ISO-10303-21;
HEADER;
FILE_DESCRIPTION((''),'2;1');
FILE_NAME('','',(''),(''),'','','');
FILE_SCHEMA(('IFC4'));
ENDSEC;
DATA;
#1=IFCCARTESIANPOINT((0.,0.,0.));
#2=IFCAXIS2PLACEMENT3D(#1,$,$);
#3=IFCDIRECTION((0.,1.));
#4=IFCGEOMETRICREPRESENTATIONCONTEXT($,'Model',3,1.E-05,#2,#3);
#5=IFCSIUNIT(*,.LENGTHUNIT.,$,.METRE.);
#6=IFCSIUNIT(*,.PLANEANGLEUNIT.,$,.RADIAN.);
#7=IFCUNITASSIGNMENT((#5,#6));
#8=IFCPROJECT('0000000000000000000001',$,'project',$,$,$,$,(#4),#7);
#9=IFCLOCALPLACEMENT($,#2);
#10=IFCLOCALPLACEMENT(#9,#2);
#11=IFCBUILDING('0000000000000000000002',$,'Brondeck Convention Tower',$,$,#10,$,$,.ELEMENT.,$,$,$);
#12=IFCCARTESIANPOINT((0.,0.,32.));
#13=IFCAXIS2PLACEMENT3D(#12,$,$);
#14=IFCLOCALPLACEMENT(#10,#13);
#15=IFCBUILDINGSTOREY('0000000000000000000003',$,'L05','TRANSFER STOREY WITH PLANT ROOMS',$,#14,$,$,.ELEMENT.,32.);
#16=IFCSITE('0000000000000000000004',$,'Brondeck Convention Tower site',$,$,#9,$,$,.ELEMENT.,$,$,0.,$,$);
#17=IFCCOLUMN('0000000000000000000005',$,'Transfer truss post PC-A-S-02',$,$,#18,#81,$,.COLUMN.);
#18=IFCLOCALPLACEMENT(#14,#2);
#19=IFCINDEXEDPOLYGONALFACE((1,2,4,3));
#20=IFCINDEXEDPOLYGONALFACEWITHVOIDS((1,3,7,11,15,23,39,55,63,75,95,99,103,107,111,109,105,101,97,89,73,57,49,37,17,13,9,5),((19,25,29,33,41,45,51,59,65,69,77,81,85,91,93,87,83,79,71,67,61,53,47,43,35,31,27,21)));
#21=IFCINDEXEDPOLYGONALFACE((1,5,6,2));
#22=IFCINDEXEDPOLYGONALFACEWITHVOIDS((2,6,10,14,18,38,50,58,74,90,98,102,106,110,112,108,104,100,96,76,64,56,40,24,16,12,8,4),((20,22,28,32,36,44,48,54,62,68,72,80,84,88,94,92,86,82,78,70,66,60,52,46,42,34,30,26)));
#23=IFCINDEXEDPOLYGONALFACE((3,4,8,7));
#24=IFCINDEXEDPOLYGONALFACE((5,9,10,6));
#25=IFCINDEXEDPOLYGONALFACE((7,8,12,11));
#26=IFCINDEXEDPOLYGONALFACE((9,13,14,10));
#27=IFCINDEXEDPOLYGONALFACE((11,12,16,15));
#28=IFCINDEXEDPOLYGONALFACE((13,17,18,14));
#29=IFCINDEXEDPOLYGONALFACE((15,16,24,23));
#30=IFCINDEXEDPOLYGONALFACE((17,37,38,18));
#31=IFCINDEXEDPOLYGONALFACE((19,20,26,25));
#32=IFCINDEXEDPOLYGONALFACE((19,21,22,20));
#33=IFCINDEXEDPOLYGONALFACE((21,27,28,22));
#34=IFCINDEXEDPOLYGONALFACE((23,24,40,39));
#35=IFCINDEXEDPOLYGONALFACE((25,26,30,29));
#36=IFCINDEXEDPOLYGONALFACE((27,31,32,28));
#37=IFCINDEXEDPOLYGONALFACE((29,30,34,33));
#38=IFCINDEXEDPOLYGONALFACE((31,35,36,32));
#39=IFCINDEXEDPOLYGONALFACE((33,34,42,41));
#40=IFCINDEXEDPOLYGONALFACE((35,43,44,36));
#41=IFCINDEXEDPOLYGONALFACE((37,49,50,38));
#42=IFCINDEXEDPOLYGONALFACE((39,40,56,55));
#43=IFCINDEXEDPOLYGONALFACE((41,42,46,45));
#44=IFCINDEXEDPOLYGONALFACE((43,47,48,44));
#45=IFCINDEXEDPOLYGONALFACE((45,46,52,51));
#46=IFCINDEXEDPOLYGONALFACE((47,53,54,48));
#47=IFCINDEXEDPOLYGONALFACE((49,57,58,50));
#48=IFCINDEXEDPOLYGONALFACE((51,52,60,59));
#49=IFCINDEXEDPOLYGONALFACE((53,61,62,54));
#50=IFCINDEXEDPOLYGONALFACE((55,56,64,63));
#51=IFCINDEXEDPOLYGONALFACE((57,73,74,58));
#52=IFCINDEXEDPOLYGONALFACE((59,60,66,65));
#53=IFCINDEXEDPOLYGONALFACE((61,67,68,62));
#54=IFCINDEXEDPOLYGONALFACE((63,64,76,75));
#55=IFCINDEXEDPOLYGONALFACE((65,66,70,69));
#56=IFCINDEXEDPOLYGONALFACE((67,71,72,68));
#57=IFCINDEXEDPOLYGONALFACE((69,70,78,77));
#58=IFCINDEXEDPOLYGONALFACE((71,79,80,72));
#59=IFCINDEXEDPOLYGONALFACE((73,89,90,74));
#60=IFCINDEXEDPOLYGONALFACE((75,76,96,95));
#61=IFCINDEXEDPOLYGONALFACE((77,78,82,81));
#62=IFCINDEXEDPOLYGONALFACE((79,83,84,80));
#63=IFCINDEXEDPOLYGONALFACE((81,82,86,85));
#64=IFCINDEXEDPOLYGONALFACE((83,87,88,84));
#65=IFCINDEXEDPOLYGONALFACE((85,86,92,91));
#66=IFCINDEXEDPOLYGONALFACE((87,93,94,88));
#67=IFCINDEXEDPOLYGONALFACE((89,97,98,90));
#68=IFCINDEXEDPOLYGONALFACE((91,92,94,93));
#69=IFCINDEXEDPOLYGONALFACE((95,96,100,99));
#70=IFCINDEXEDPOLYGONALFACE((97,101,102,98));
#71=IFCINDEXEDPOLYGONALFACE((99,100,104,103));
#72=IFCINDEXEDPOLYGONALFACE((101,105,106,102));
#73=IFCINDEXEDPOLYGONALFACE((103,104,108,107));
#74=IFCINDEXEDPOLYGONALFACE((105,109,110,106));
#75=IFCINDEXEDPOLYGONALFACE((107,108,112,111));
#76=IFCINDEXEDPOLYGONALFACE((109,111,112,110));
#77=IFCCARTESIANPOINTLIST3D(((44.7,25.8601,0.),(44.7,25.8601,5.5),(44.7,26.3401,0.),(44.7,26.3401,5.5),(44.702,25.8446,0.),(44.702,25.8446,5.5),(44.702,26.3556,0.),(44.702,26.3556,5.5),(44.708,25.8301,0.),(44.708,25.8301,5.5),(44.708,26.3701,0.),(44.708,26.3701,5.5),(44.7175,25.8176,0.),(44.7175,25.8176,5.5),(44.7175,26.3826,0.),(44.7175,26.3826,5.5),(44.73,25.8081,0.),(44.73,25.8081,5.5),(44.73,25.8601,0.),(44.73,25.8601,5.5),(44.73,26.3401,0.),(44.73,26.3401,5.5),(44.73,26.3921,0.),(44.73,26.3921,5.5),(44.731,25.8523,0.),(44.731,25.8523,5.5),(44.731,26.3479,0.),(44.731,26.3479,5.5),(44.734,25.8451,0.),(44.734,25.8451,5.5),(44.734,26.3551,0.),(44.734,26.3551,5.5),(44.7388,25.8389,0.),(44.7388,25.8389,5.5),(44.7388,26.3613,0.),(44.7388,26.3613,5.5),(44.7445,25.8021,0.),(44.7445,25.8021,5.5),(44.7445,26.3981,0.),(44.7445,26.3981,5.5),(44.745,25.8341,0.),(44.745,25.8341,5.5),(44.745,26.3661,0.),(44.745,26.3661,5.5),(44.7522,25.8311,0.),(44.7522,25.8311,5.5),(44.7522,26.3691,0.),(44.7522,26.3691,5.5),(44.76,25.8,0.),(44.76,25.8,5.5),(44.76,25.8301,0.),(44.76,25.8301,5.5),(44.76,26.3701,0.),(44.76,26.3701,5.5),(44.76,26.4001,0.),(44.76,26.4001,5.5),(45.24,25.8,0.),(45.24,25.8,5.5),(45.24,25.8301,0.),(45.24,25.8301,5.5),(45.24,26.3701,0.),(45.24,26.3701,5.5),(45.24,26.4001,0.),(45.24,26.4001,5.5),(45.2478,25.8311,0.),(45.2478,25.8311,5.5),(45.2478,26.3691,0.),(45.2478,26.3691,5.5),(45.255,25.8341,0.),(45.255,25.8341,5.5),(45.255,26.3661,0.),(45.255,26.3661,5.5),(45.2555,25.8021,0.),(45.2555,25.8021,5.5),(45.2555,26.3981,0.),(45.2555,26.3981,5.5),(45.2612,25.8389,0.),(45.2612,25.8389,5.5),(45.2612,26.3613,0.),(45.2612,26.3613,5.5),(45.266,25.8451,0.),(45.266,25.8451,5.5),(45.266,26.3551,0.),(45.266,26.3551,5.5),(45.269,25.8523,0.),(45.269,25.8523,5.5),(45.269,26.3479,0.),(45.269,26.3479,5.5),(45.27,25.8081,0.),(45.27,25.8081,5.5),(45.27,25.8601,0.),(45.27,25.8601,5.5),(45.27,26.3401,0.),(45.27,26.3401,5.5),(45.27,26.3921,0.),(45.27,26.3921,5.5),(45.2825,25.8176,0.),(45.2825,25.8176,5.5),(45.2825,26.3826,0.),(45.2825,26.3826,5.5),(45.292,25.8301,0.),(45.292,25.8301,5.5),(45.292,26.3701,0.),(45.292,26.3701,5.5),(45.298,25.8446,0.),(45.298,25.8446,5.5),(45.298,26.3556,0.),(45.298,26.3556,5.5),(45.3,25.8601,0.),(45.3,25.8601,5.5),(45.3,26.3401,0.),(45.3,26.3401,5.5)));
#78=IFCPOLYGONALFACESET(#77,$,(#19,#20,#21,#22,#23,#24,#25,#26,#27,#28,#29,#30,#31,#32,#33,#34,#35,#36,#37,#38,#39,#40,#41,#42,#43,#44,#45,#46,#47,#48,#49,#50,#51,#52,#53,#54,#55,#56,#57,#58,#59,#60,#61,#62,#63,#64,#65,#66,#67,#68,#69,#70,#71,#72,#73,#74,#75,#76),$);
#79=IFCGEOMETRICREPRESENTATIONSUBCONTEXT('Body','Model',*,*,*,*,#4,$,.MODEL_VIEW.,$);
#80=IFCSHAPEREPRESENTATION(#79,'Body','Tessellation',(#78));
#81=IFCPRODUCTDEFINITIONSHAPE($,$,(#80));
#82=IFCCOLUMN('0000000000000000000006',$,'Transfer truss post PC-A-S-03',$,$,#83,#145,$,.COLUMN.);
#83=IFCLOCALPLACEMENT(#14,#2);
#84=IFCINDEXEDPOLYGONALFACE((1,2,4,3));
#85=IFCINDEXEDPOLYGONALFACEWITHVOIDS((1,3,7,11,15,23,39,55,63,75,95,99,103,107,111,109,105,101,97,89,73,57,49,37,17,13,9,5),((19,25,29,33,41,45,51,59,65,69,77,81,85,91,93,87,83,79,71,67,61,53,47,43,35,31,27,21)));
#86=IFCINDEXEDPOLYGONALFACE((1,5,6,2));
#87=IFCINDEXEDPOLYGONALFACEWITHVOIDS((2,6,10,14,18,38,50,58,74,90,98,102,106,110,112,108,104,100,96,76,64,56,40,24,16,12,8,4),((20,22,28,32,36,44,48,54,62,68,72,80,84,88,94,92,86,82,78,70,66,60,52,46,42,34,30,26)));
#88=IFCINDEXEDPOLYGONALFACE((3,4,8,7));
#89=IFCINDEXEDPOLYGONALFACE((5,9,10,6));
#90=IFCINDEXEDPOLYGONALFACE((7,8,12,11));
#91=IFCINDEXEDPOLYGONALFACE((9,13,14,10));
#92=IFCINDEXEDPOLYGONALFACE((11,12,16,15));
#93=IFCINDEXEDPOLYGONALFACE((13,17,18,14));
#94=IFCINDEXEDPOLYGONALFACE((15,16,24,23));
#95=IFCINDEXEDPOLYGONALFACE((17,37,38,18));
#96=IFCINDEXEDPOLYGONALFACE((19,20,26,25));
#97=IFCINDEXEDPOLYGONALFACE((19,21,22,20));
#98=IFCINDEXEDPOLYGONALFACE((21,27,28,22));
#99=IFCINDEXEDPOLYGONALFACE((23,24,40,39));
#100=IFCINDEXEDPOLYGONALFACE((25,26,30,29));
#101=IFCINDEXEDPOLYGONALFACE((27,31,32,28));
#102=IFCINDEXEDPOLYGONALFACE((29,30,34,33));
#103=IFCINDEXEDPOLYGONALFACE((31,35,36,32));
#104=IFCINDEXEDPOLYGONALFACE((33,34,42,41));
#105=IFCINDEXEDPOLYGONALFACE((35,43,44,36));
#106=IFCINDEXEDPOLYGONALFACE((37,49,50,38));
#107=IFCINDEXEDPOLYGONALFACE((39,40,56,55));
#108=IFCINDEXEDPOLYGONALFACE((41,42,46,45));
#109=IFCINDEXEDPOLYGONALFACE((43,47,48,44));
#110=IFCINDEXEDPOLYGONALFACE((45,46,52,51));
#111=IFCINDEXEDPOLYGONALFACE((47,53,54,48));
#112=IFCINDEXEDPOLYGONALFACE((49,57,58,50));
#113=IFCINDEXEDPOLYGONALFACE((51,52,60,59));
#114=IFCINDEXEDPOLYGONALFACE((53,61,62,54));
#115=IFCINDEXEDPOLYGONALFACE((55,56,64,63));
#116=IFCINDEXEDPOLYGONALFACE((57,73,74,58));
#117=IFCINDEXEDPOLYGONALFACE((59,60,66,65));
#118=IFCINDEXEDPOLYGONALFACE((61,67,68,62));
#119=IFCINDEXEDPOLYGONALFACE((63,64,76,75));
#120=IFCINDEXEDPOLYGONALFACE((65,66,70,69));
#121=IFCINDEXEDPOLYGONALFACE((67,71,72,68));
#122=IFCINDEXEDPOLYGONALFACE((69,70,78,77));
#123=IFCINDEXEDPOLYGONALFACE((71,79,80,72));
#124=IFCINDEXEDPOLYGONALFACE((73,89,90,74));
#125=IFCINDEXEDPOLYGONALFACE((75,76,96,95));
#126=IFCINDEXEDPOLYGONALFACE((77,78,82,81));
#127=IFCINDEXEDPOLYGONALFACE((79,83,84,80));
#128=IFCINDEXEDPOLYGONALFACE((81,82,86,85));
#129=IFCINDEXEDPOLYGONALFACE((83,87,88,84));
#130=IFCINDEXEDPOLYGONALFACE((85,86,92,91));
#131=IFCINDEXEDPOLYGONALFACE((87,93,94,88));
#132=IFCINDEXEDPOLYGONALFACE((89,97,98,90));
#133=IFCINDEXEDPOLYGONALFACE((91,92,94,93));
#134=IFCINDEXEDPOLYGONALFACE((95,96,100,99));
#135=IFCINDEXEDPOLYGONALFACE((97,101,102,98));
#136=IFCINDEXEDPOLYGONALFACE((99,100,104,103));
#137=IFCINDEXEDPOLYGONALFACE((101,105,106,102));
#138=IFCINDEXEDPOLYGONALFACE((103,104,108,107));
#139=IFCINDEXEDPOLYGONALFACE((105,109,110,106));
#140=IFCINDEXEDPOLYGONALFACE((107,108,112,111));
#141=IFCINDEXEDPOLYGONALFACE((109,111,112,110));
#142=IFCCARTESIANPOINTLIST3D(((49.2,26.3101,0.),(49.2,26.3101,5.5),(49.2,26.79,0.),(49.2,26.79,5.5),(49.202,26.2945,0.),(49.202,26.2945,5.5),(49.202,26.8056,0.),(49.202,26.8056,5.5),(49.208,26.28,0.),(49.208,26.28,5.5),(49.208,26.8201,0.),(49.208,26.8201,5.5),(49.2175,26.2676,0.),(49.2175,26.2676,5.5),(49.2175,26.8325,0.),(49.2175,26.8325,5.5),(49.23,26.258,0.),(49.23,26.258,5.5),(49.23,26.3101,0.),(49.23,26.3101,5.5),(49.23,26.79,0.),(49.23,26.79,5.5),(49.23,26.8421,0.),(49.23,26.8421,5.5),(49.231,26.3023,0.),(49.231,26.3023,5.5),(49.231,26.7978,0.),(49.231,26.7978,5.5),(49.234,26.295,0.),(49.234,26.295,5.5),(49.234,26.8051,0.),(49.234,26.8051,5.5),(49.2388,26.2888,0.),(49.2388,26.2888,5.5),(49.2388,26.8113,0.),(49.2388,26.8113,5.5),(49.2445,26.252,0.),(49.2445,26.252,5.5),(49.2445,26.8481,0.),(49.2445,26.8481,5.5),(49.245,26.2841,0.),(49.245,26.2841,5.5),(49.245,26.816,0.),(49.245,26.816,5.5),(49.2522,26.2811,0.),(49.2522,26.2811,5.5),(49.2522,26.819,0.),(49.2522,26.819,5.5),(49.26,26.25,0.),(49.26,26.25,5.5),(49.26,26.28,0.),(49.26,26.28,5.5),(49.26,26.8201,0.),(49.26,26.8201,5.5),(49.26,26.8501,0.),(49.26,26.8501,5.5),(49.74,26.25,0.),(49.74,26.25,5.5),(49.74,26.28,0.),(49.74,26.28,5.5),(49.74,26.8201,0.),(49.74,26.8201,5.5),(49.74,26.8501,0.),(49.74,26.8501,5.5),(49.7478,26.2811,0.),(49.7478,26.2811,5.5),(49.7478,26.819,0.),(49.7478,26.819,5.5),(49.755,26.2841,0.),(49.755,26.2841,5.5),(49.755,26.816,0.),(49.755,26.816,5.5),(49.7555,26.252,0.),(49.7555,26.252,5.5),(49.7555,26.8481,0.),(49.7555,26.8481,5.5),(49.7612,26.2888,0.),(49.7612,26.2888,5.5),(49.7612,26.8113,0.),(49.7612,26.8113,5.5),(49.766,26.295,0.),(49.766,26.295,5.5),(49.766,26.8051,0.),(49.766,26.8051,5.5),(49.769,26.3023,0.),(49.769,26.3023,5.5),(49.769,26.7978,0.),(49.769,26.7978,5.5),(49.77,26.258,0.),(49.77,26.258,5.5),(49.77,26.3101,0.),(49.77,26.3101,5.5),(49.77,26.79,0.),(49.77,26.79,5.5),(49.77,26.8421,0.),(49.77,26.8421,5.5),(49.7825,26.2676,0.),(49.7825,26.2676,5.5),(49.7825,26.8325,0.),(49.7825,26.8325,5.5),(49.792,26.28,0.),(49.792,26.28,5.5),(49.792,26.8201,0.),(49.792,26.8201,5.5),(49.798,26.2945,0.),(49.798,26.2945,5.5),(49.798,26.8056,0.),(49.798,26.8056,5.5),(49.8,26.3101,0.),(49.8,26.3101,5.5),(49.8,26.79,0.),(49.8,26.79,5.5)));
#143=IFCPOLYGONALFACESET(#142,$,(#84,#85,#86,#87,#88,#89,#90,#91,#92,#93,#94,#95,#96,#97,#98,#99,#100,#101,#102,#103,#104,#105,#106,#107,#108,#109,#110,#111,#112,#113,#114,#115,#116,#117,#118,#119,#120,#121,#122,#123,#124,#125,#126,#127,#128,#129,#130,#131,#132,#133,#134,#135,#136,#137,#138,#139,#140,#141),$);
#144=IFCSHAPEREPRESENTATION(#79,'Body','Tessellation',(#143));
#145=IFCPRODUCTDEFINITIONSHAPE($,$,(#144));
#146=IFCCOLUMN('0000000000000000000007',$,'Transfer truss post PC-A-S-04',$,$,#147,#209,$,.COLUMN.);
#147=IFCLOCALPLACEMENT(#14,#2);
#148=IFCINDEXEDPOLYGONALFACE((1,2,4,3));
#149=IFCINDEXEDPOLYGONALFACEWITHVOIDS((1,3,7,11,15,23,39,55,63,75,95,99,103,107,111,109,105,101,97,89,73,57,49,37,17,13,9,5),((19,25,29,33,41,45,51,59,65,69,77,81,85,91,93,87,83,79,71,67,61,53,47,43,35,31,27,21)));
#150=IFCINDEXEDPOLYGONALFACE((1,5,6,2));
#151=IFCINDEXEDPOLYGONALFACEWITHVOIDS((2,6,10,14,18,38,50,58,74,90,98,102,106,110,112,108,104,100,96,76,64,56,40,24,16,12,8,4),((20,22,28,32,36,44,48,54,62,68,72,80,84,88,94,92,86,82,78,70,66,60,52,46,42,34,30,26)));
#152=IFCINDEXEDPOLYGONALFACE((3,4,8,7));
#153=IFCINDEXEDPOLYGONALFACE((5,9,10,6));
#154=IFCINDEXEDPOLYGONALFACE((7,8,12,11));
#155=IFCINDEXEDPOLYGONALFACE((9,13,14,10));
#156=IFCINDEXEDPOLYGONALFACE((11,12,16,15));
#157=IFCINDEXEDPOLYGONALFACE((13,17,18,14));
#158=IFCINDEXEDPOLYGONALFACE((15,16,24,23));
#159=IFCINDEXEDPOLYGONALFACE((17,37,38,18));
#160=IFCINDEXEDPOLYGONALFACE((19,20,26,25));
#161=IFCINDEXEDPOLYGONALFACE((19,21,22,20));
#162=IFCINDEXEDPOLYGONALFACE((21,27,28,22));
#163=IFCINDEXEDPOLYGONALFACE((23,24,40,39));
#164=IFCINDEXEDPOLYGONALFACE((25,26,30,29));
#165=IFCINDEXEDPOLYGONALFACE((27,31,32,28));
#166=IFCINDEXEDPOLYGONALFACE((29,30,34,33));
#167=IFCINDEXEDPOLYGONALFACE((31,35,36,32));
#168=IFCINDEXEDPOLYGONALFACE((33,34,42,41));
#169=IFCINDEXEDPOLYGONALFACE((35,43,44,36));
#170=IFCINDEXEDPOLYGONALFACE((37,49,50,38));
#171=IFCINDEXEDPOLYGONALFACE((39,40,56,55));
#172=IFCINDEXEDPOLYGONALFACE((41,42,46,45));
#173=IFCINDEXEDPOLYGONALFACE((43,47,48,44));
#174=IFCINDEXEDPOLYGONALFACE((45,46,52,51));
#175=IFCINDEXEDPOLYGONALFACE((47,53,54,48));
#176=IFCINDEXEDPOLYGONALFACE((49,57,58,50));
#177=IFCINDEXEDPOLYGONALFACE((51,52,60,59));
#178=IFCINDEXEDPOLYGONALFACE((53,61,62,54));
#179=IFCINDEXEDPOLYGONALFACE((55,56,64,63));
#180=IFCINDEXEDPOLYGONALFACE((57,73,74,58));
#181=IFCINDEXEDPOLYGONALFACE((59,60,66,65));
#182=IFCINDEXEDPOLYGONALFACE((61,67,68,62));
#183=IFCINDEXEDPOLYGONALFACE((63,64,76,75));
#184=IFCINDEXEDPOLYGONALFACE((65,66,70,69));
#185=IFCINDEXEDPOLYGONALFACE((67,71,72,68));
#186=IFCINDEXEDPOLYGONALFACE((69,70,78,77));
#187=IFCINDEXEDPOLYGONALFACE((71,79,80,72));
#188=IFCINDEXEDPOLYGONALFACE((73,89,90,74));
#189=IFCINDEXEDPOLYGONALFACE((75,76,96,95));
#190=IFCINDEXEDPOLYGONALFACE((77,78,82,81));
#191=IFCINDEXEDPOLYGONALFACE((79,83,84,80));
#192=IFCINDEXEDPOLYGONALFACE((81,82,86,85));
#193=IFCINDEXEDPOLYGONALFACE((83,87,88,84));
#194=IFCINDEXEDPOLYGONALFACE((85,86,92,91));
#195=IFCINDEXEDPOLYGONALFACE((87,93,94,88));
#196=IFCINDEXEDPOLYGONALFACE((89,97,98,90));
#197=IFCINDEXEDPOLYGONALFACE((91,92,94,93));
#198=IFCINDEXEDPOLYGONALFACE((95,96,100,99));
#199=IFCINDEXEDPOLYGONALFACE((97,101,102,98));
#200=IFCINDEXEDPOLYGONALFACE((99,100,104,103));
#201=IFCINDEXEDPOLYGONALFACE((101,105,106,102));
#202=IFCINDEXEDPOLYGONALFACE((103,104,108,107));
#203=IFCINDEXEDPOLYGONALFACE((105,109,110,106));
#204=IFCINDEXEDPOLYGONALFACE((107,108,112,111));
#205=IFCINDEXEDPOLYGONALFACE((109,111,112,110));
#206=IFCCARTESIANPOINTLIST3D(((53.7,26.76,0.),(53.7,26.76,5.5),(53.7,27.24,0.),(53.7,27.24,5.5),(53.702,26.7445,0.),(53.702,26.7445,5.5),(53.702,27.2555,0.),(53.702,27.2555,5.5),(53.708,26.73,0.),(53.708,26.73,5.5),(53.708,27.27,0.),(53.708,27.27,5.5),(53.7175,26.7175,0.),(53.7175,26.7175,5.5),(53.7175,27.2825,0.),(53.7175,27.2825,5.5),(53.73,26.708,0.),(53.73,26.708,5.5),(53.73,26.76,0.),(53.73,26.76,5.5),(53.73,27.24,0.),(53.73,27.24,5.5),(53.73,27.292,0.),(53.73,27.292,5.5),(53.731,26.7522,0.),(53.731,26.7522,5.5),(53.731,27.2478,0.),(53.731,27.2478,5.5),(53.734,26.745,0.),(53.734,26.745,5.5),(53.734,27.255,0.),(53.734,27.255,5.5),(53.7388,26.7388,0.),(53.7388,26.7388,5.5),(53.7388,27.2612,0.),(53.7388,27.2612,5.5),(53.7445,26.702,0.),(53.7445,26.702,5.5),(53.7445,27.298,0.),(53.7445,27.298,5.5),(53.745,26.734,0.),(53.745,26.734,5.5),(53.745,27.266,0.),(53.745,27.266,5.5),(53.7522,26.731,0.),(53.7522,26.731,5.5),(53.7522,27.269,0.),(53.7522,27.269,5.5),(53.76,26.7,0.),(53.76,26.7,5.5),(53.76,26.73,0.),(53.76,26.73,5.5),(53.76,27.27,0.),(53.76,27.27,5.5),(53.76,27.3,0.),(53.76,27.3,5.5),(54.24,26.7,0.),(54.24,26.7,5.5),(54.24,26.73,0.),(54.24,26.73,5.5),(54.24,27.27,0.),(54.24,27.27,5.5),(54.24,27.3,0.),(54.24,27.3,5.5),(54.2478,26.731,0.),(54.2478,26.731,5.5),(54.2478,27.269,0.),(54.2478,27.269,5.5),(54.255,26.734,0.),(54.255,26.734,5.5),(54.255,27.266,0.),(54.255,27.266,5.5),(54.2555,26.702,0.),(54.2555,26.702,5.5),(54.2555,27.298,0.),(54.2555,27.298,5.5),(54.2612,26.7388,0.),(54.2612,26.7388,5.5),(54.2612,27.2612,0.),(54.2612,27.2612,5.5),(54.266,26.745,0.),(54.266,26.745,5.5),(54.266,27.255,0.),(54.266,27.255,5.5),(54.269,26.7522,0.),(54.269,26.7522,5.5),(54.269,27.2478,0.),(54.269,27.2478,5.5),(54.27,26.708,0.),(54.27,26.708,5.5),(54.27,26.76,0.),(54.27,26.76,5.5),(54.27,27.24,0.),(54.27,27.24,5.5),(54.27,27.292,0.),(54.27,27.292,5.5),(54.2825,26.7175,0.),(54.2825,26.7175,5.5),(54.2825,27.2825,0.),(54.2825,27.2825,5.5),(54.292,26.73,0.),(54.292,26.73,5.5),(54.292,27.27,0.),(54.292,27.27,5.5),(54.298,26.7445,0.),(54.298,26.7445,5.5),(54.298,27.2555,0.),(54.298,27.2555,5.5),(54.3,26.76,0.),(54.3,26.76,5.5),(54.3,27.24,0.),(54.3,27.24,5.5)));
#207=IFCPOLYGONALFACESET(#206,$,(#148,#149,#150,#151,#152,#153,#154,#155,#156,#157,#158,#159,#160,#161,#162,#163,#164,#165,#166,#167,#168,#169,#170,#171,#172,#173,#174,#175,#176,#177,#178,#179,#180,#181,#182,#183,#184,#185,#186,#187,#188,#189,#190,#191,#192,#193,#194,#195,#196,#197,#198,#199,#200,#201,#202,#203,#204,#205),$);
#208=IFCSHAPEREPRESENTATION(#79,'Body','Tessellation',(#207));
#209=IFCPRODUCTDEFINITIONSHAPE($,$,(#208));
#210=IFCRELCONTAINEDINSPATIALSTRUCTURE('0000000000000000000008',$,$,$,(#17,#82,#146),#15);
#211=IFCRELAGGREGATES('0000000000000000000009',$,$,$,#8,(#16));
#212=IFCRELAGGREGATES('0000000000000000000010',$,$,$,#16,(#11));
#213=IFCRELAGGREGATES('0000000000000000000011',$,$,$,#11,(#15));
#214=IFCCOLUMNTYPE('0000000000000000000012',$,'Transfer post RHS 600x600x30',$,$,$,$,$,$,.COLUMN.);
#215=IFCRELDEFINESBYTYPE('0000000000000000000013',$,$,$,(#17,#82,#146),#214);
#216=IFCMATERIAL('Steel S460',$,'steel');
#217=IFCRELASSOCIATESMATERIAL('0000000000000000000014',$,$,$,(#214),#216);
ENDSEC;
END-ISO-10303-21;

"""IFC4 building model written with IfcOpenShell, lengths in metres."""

from ifc_helpers import new_model, si_unit, direction, frame, origin, origin_2d, place, context, subcontext, project, spatial, hollow_rectangle, extrude, material, material_profile, profile_set, type_object, element, save


model = new_model("IFC4")

# Units and contexts
model_context = context("Model", 3, precision=1e-05, world=origin(), true_north=direction((0.0, 1.0)))
body_context = subcontext(model_context, "Body", "Model", "MODEL_VIEW")
ifc_project = project(units=[si_unit("LENGTHUNIT", "METRE"), si_unit("PLANEANGLEUNIT", "RADIAN")], contexts=[model_context])

# Site, building, storey
site_placement = place(None, origin())
site = spatial("IfcSite", under=ifc_project, at=site_placement, Name="Brondeck Convention Tower site", CompositionType="ELEMENT", RefElevation=0.0)
building_placement = place(site_placement, origin())
building = spatial("IfcBuilding", under=site, at=building_placement, Name="Brondeck Convention Tower", CompositionType="ELEMENT")
storey_placement = place(building_placement, frame((0.0, 0.0, 32.0)))
storey = spatial("IfcBuildingStorey", under=building, at=storey_placement, Name="L05", Description="TRANSFER STOREY WITH PLANT ROOMS", CompositionType="ELEMENT", Elevation=32.0)

# Columns
ifc_material_1 = material(Name="Steel S460", Category="steel")
ifc_material_profile_1 = material_profile(ifc_material_1, hollow_rectangle(XDim=0.6001, YDim=0.6001, WallThickness=0.03, InnerFilletRadius=0.03, OuterFilletRadius=0.0601, at=origin_2d()), Name="RHS 600x600x30")
ifc_profile_set_1 = profile_set([ifc_material_profile_1], Name="Steel S460")
column_type = type_object("IfcColumnType", Name="Transfer post RHS 600x600x30", PredefinedType="COLUMN", material=ifc_profile_set_1)
for number, where, z_axis, x_axis, name in (
    (1, (45.0, 26.1001, 0.0), (0.0, 0.0, 1.0), (1.0, 0.0, 0.0), "Transfer truss post PC-A-S-02"),
    (2, (49.5, 26.55, 0.0), (0.0, 0.0, 1.0), (1.0, 0.0, 0.0), "Transfer truss post PC-A-S-03"),
    (3, (54.0, 27.0, 0.0), (0.0, 0.0, 1.0), (1.0, 0.0, 0.0), "Transfer truss post PC-A-S-04"),
):
    element("IfcColumn", number, at=place(storey_placement, frame(where, z_axis=z_axis, x_axis=x_axis)), inside=storey, type_object=column_type, Name=name, PredefinedType="COLUMN", context=body_context, shape_type="SweptSolid", body=[
        extrude(hollow_rectangle(XDim=0.6001, YDim=0.6001, WallThickness=0.03, InnerFilletRadius=0.03, OuterFilletRadius=0.0601, at=origin_2d()), origin(), (0.0, 0.0, 1.0), 5.5),
    ])

save(model, "model.ifc")
